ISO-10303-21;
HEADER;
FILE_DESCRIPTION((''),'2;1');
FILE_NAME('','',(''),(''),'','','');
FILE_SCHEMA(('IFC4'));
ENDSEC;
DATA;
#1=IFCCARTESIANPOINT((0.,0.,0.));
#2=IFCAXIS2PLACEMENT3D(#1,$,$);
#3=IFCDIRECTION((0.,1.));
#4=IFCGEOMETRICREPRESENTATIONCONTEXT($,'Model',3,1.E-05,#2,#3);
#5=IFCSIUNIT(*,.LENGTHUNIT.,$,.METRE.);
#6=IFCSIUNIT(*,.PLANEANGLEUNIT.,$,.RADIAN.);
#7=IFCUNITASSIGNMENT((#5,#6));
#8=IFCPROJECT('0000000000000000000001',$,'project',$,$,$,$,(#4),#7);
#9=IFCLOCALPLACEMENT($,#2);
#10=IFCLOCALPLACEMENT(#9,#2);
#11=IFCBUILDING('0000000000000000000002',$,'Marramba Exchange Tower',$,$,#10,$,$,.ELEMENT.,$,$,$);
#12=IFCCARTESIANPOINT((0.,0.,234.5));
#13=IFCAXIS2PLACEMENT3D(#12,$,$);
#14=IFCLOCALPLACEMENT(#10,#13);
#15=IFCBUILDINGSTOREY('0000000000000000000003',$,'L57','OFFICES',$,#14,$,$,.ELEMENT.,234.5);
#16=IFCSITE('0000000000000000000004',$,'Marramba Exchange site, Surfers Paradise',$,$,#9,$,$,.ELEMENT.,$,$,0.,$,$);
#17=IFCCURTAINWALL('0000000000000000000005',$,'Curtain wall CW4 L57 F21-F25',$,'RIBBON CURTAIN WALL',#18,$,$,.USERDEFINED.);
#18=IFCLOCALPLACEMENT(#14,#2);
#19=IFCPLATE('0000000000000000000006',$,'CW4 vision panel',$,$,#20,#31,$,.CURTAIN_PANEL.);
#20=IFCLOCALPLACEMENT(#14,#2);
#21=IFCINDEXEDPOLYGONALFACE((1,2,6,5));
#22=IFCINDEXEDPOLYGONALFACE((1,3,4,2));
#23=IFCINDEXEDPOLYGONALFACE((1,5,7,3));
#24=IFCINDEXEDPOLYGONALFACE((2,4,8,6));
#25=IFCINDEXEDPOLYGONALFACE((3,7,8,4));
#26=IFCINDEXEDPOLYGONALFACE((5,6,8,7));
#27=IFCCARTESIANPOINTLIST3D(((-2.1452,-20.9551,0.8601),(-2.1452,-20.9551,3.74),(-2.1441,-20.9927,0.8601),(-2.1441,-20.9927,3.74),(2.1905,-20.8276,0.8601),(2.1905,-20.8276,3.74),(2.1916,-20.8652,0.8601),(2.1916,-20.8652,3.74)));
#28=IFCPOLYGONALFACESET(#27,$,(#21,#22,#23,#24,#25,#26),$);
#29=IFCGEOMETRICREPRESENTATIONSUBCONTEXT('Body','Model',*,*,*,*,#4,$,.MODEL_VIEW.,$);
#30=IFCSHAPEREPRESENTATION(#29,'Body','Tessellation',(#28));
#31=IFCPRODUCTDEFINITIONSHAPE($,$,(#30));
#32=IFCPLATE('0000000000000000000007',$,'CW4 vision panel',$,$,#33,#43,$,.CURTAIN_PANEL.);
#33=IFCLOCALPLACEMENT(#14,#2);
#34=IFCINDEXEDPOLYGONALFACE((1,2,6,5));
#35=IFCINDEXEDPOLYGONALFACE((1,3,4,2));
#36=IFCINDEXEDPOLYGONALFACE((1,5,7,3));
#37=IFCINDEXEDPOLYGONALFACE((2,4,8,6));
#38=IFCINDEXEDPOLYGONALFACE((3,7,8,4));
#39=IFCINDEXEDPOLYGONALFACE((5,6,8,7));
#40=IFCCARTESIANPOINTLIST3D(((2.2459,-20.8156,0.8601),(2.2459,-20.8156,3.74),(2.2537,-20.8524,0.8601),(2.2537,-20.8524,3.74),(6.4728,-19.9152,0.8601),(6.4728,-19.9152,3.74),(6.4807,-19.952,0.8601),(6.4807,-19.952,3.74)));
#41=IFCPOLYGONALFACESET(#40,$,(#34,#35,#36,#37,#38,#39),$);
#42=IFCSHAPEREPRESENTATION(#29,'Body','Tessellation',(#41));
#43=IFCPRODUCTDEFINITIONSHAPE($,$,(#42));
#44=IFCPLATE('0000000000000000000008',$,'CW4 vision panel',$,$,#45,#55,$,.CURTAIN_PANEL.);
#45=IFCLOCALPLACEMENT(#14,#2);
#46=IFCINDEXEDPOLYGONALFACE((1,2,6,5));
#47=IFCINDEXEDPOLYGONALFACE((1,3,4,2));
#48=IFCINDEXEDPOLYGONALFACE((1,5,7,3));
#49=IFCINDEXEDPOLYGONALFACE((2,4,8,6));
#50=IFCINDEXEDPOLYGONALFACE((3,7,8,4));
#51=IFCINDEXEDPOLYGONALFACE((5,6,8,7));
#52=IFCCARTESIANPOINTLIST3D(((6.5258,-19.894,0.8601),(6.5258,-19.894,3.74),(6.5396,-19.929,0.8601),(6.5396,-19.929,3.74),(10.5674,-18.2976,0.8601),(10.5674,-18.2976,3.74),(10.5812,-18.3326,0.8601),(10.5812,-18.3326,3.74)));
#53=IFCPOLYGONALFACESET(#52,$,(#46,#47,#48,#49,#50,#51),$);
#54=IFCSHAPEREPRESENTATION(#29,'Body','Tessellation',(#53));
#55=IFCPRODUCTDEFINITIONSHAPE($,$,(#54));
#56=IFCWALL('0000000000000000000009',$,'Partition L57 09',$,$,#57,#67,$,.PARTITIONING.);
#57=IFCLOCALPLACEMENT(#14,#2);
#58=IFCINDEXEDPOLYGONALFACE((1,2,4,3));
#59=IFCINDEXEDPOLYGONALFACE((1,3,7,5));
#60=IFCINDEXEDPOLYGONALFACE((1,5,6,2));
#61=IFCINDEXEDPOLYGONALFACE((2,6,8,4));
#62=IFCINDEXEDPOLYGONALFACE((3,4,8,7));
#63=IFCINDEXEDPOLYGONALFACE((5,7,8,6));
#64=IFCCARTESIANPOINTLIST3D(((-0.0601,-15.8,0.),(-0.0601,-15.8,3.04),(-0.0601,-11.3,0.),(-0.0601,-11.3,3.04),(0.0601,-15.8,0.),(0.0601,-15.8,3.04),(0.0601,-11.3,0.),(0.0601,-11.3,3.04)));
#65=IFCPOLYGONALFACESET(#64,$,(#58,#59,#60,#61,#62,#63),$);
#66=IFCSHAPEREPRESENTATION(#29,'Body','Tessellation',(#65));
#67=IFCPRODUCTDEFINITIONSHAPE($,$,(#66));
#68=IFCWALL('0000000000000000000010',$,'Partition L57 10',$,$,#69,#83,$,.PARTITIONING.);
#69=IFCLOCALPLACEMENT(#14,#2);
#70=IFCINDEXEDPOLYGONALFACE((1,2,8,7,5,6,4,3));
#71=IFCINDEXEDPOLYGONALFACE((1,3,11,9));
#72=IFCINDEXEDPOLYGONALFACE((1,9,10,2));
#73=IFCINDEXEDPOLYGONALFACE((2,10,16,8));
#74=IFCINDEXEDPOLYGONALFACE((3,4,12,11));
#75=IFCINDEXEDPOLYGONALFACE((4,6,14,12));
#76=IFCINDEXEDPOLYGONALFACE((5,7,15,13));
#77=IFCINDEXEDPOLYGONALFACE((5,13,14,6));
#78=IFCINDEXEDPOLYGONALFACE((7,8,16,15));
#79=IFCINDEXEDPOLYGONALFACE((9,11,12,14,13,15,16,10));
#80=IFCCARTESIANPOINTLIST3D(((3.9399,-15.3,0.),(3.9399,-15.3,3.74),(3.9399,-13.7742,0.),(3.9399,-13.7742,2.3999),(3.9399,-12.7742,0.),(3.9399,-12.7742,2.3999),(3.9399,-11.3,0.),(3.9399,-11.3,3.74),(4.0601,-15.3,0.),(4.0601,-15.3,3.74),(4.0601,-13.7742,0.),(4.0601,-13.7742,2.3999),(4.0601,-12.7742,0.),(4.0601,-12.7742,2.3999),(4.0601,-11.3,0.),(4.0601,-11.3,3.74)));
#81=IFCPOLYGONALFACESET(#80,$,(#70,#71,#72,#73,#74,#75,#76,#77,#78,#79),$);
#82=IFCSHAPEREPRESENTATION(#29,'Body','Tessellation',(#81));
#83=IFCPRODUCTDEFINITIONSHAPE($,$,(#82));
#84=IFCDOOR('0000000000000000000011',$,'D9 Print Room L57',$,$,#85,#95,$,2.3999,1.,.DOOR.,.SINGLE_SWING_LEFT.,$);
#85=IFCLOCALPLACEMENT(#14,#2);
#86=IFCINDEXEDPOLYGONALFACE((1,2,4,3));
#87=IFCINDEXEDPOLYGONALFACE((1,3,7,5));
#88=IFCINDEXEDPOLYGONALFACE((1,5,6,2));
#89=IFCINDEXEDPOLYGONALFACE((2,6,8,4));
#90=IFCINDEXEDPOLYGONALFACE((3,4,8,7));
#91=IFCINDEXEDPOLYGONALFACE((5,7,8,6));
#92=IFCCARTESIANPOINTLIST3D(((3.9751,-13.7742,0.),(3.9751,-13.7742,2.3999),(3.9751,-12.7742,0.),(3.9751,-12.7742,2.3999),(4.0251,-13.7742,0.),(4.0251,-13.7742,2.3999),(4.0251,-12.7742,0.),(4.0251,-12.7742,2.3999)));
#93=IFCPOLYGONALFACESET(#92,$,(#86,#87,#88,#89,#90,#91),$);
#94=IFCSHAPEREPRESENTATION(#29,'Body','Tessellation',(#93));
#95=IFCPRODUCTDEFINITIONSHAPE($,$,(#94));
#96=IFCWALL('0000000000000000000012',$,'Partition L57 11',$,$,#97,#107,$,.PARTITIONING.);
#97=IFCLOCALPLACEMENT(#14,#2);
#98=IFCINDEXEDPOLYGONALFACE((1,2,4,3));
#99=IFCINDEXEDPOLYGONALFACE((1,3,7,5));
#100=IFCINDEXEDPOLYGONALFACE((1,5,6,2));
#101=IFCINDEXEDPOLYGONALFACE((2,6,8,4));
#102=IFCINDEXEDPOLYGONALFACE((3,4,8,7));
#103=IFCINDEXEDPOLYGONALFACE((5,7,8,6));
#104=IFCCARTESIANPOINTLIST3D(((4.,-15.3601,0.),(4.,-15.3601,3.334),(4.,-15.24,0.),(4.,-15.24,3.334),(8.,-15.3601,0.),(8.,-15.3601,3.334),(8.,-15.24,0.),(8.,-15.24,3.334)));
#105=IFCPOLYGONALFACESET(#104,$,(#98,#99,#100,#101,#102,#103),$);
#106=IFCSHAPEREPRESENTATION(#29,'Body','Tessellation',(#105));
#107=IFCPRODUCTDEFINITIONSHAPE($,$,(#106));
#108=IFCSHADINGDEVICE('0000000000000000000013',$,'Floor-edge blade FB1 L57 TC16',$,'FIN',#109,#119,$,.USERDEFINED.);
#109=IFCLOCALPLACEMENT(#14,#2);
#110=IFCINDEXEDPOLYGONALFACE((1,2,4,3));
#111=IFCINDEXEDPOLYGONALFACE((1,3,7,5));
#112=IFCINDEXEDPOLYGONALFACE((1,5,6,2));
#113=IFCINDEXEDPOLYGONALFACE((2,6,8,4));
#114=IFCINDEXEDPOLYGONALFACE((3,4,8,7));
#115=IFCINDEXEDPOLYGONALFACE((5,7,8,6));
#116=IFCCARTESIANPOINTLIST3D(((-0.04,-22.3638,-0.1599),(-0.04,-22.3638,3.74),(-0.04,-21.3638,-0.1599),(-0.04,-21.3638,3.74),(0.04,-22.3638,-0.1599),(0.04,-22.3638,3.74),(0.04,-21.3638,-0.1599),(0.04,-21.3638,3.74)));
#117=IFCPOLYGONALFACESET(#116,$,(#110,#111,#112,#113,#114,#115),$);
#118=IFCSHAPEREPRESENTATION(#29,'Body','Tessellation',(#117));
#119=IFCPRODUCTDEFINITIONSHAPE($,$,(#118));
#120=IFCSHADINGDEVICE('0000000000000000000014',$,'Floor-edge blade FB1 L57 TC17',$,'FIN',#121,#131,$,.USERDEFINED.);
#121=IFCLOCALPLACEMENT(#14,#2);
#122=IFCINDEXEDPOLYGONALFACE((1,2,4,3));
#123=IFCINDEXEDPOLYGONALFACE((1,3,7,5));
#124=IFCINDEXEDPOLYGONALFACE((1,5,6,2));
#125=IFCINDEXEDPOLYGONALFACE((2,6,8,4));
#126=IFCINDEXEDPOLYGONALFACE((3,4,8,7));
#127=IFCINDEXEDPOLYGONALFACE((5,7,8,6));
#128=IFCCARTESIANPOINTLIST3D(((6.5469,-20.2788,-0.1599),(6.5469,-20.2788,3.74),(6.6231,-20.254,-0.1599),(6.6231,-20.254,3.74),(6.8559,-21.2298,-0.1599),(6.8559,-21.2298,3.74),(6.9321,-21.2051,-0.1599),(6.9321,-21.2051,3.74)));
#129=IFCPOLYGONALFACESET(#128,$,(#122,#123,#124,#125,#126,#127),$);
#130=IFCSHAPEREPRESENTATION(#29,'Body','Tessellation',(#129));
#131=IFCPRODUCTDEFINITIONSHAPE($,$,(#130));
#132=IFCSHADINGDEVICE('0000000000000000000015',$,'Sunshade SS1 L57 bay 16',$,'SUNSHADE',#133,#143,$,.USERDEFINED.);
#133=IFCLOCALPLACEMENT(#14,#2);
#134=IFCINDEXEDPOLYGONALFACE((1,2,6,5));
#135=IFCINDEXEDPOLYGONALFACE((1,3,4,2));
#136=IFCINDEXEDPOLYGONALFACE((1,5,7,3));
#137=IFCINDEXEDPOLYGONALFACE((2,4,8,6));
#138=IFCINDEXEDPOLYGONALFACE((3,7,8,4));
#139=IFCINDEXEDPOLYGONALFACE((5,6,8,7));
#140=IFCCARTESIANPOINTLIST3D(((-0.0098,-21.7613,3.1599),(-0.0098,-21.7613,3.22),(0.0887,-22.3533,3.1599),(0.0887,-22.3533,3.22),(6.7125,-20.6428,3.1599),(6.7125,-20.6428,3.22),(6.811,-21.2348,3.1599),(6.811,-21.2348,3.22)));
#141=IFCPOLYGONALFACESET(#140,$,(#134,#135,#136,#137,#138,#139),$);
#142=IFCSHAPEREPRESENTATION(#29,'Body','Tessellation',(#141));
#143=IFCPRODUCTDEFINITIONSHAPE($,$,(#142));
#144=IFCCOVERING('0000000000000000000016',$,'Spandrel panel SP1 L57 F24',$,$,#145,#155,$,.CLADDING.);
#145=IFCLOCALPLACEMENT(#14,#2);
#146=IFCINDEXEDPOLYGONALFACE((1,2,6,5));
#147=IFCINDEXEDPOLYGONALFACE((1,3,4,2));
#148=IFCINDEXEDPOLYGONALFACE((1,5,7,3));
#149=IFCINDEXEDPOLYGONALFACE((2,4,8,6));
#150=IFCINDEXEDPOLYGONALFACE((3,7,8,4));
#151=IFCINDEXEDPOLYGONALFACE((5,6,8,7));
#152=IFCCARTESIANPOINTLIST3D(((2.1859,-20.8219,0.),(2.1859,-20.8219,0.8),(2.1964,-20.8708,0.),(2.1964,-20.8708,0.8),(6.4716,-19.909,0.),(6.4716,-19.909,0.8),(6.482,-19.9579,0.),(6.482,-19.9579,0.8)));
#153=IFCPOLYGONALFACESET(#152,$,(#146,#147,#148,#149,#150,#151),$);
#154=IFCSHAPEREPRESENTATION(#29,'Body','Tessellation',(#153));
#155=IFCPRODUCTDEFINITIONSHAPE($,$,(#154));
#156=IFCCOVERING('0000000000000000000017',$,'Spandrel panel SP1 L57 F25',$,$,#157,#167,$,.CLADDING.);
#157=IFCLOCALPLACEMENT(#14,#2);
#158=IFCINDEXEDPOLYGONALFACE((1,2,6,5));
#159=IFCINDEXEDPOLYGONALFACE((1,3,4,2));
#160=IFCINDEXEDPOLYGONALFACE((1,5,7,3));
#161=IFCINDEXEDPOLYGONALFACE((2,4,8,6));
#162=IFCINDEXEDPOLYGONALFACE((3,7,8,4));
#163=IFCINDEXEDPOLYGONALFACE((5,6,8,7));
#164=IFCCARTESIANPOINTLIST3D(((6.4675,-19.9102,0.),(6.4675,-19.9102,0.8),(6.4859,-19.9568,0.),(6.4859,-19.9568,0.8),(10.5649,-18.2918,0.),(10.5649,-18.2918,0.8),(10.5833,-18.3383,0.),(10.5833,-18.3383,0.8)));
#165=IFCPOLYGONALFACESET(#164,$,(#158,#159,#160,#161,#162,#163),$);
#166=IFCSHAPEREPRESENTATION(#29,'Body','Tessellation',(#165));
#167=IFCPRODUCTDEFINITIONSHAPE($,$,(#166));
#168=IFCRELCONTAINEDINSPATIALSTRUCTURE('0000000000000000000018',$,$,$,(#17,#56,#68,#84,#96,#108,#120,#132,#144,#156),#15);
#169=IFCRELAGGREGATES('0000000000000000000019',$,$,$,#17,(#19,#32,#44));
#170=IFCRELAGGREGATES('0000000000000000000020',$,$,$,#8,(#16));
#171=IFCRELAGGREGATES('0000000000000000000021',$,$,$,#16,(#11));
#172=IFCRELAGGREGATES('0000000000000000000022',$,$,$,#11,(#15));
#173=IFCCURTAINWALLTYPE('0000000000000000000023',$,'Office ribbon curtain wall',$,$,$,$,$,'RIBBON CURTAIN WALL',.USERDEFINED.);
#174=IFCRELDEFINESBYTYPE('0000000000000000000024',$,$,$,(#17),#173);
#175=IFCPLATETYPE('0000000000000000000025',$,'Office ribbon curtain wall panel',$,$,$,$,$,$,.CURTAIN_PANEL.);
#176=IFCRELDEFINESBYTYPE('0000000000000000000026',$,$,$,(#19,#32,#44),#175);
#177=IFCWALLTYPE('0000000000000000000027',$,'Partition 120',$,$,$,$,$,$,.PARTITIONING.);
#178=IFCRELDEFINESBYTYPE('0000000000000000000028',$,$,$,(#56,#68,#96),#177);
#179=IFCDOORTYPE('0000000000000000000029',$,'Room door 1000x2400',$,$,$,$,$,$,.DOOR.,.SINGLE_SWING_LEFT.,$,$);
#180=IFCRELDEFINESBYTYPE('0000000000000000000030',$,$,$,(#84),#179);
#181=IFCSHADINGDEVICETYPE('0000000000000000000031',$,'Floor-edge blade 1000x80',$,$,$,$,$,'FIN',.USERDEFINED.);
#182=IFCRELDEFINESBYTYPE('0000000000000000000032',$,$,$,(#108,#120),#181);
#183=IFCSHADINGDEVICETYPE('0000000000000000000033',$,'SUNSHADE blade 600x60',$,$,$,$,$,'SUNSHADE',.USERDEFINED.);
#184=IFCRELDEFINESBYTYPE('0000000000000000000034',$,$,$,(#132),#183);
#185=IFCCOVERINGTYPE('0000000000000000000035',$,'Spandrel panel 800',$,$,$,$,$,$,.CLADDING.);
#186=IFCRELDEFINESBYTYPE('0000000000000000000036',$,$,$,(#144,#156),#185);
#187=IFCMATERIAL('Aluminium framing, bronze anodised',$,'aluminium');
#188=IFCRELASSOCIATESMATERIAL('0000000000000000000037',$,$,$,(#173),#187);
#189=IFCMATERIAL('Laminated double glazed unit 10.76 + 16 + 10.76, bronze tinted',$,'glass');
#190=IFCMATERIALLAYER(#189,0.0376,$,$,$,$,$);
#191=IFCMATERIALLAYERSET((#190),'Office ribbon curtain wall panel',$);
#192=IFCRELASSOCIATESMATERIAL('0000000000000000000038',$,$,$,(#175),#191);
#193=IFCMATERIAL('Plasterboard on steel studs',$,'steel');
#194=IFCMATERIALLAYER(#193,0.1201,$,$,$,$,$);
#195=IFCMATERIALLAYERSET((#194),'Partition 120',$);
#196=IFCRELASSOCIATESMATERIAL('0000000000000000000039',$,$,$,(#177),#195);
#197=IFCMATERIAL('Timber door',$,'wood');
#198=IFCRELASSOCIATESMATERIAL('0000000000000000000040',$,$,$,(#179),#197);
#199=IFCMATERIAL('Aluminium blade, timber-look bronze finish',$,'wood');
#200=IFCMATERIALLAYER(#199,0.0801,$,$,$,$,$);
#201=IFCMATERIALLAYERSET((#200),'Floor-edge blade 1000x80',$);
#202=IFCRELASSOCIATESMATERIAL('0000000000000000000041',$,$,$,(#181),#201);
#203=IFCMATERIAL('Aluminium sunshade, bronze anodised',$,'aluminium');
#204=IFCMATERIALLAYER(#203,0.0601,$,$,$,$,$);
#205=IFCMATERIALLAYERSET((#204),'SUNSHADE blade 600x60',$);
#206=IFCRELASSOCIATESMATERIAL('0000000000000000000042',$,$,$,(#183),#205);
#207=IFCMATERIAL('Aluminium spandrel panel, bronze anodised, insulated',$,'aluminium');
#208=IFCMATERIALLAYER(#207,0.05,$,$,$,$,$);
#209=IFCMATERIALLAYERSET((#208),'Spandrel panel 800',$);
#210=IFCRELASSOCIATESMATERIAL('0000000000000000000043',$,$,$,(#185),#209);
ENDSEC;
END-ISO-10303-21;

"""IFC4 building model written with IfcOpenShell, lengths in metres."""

from ifc_helpers import new_model, si_unit, direction, frame, frame_2d, origin, origin_2d, place, context, subcontext, project, spatial, rectangle, extrude, material, layer, layer_set, type_object, element, fill, aggregate, save


model = new_model("IFC4")

# Units and contexts
model_context = context("Model", 3, precision=1e-05, world=origin(), true_north=direction((0.0, 1.0)))
body_context = subcontext(model_context, "Body", "Model", "MODEL_VIEW")
ifc_project = project(units=[si_unit("LENGTHUNIT", "METRE"), si_unit("PLANEANGLEUNIT", "RADIAN")], contexts=[model_context])

# Site, building, storey
site_placement = place(None, origin())
site = spatial("IfcSite", under=ifc_project, at=site_placement, Name="Marramba Exchange site, Surfers Paradise", CompositionType="ELEMENT", RefElevation=0.0)
building_placement = place(site_placement, origin())
building = spatial("IfcBuilding", under=site, at=building_placement, Name="Marramba Exchange Tower", CompositionType="ELEMENT")
storey_placement = place(building_placement, frame((0.0, 0.0, 234.5)))
storey = spatial("IfcBuildingStorey", under=building, at=storey_placement, Name="L57", Description="OFFICES", CompositionType="ELEMENT", Elevation=234.5)

# Curtain wall
ifc_material_1 = material(Name="Aluminium framing, bronze anodised", Category="aluminium")
curtain_wall_type = type_object("IfcCurtainWallType", Name="Office ribbon curtain wall", ElementType="RIBBON CURTAIN WALL", PredefinedType="USERDEFINED", material=ifc_material_1)
curtain_wall_placement = place(storey_placement, origin())
curtain_wall = element("IfcCurtainWall", 1, at=curtain_wall_placement, inside=storey, type_object=curtain_wall_type, Name="Curtain wall CW4 L57 F21-F25", ObjectType="RIBBON CURTAIN WALL", PredefinedType="USERDEFINED")

# Plates
ifc_material_2 = material(Name="Laminated double glazed unit 10.76 + 16 + 10.76, bronze tinted", Category="glass")
ifc_layer_1 = layer(ifc_material_2, 0.0376)
ifc_layer_set_1 = layer_set([ifc_layer_1], Name="Office ribbon curtain wall panel")
plate_type = type_object("IfcPlateType", Name="Office ribbon curtain wall panel", PredefinedType="CURTAIN_PANEL", material=ifc_layer_set_1)
plate_1_placement = place(storey_placement, frame((0.0232, -20.9102, 0.8601), z_axis=(0.0, 0.0, 1.0), x_axis=(0.999568, 0.029393, 0.0)))
plate_1 = element("IfcPlate", 2, at=plate_1_placement, type_object=plate_type, Name="CW4 vision panel", PredefinedType="CURTAIN_PANEL", context=body_context, shape_type="SweptSolid", body=[
    extrude(rectangle(XDim=4.3376, YDim=0.0376, at=origin_2d()), origin(), (0.0, 0.0, 1.0), 2.8799),
])
plate_2_placement = place(storey_placement, frame((4.3633, -20.3838, 0.8601), z_axis=(0.0, 0.0, 1.0), x_axis=(0.978058, 0.208332, 0.0)))
plate_2 = element("IfcPlate", 3, at=plate_2_placement, type_object=plate_type, Name="CW4 vision panel", PredefinedType="CURTAIN_PANEL", context=body_context, shape_type="SweptSolid", body=[
    extrude(rectangle(XDim=4.3218, YDim=0.0376, at=origin_2d()), origin(), (0.0, 0.0, 1.0), 2.8799),
])
plate_3_placement = place(storey_placement, frame((8.5535, -19.1133, 0.8601), z_axis=(0.0, 0.0, 1.0), x_axis=(0.930073, 0.367375, 0.0)))
plate_3 = element("IfcPlate", 4, at=plate_3_placement, type_object=plate_type, Name="CW4 vision panel", PredefinedType="CURTAIN_PANEL", context=body_context, shape_type="SweptSolid", body=[
    extrude(rectangle(XDim=4.3455, YDim=0.0376, at=origin_2d()), origin(), (0.0, 0.0, 1.0), 2.8799),
])
aggregate(curtain_wall, [plate_1, plate_2, plate_3])

# Wall
ifc_material_3 = material(Name="Plasterboard on steel studs", Category="steel")
ifc_layer_2 = layer(ifc_material_3, 0.1201)
ifc_layer_set_2 = layer_set([ifc_layer_2], Name="Partition 120")
wall_type = type_object("IfcWallType", Name="Partition 120", PredefinedType="PARTITIONING", material=ifc_layer_set_2)
wall_1_placement = place(storey_placement, frame((0.0, -15.8, 0.0), z_axis=(0.0, 0.0, 1.0), x_axis=(0.0, 1.0, 0.0)))
element("IfcWall", 5, at=wall_1_placement, inside=storey, type_object=wall_type, Name="Partition L57 09", PredefinedType="PARTITIONING", context=body_context, shape_type="SweptSolid", body=[
    extrude(rectangle(XDim=4.5, YDim=0.1201, at=frame_2d((2.25, 0.0))), origin(), (0.0, 0.0, 1.0), 3.04),
])

# Wall, opening, door
wall_2_placement = place(storey_placement, frame((4.0, -15.3, 0.0), z_axis=(0.0, 0.0, 1.0), x_axis=(0.0, 1.0, 0.0)))
wall_2 = element("IfcWall", 6, at=wall_2_placement, inside=storey, type_object=wall_type, Name="Partition L57 10", PredefinedType="PARTITIONING", context=body_context, shape_type="SweptSolid", body=[
    extrude(rectangle(XDim=4.0, YDim=0.1201, at=frame_2d((2.0, 0.0))), origin(), (0.0, 0.0, 1.0), 3.74),
])
opening_placement = place(wall_2_placement, frame((1.5259, 0.0, 0.0)))
opening = element("IfcOpeningElement", 7, at=opening_placement, cuts=wall_2, PredefinedType="OPENING", context=body_context, shape_type="SweptSolid", body=[
    extrude(rectangle(XDim=1.0, YDim=2.3999, at=frame_2d((0.5, 1.2))), frame((0.0, 0.0701, 0.0), z_axis=(0.0, -1.0, 0.0), x_axis=(1.0, 0.0, 0.0)), (0.0, 0.0, 1.0), 0.1401),
])
ifc_material_4 = material(Name="Timber door", Category="wood")
door_type = type_object("IfcDoorType", Name="Room door 1000x2400", OperationType="SINGLE_SWING_LEFT", PredefinedType="DOOR", material=ifc_material_4)
door_placement = place(opening_placement, frame((1.0, 0.0, 0.0), z_axis=(0.0, 0.0, 1.0), x_axis=(-1.0, 0.0, 0.0)))
door = element("IfcDoor", 8, at=door_placement, inside=storey, type_object=door_type, Name="D9 Print Room L57", OperationType="SINGLE_SWING_LEFT", OverallHeight=2.3999, OverallWidth=1.0, PredefinedType="DOOR", context=body_context, shape_type="SweptSolid", body=[
    extrude(rectangle(XDim=1.0, YDim=2.3999, at=frame_2d((0.5, 1.2))), frame((0.0, 0.0251, 0.0), z_axis=(0.0, -1.0, 0.0), x_axis=(1.0, 0.0, 0.0)), (0.0, 0.0, 1.0), 0.05),
])
fill(opening, door)

# Wall
wall_3_placement = place(storey_placement, frame((8.0, -15.3, 0.0), z_axis=(0.0, 0.0, 1.0), x_axis=(-1.0, 0.0, 0.0)))
element("IfcWall", 9, at=wall_3_placement, inside=storey, type_object=wall_type, Name="Partition L57 11", PredefinedType="PARTITIONING", context=body_context, shape_type="SweptSolid", body=[
    extrude(rectangle(XDim=4.0, YDim=0.1201, at=frame_2d((2.0, 0.0))), origin(), (0.0, 0.0, 1.0), 3.334),
])

# Shading devices
ifc_material_5 = material(Name="Aluminium blade, timber-look bronze finish", Category="wood")
ifc_layer_3 = layer(ifc_material_5, 0.0801)
ifc_layer_set_3 = layer_set([ifc_layer_3], Name="Floor-edge blade 1000x80")
shading_device_type_1 = type_object("IfcShadingDeviceType", Name="Floor-edge blade 1000x80", ElementType="FIN", PredefinedType="USERDEFINED", material=ifc_layer_set_3)
for number, where, z_axis, x_axis, name in (
    (10, (0.0, -21.8638, -0.1599), (0.0, 0.0, 1.0), (0.0, -1.0, 0.0), "Floor-edge blade FB1 L57 TC16"),
    (11, (6.7395, -20.7419, -0.1599), (0.0, 0.0, 1.0), (0.309017, -0.951057, 0.0), "Floor-edge blade FB1 L57 TC17"),
):
    element("IfcShadingDevice", number, at=place(storey_placement, frame(where, z_axis=z_axis, x_axis=x_axis)), inside=storey, type_object=shading_device_type_1, Name=name, ObjectType="FIN", PredefinedType="USERDEFINED", context=body_context, shape_type="SweptSolid", body=[
        extrude(rectangle(XDim=1.0, YDim=0.0801, at=origin_2d()), origin(), (0.0, 0.0, 1.0), 3.8999),
    ])
ifc_material_6 = material(Name="Aluminium sunshade, bronze anodised", Category="aluminium")
ifc_layer_4 = layer(ifc_material_6, 0.0601)
ifc_layer_set_4 = layer_set([ifc_layer_4], Name="SUNSHADE blade 600x60")
shading_device_type_2 = type_object("IfcShadingDeviceType", Name="SUNSHADE blade 600x60", ElementType="SUNSHADE", PredefinedType="USERDEFINED", material=ifc_layer_set_4)
shading_device_placement = place(storey_placement, frame((3.4006, -21.498, 3.1599), z_axis=(0.0, 0.0, 1.0), x_axis=(0.98644, 0.164125, 0.0)))
element("IfcShadingDevice", 12, at=shading_device_placement, inside=storey, type_object=shading_device_type_2, Name="Sunshade SS1 L57 bay 16", ObjectType="SUNSHADE", PredefinedType="USERDEFINED", context=body_context, shape_type="SweptSolid", body=[
    extrude(rectangle(XDim=6.8147, YDim=0.6001, at=origin_2d()), origin(), (0.0, 0.0, 1.0), 0.0601),
])

# Coverings
ifc_material_7 = material(Name="Aluminium spandrel panel, bronze anodised, insulated", Category="aluminium")
ifc_layer_5 = layer(ifc_material_7, 0.05)
ifc_layer_set_5 = layer_set([ifc_layer_5], Name="Spandrel panel 800")
covering_type = type_object("IfcCoveringType", Name="Spandrel panel 800", PredefinedType="CLADDING", material=ifc_layer_set_5)
covering_1_placement = place(storey_placement, frame((4.334, -20.3899, 0.0), z_axis=(0.0, 0.0, 1.0), x_axis=(0.978058, 0.208332, 0.0)))
element("IfcCovering", 13, at=covering_1_placement, inside=storey, type_object=covering_type, Name="Spandrel panel SP1 L57 F24", PredefinedType="CLADDING", context=body_context, shape_type="SweptSolid", body=[
    extrude(rectangle(XDim=4.3818, YDim=0.05, at=origin_2d()), origin(), (0.0, 0.0, 1.0), 0.8),
])
covering_2_placement = place(storey_placement, frame((8.5254, -19.1243, 0.0), z_axis=(0.0, 0.0, 1.0), x_axis=(0.930073, 0.367375, 0.0)))
element("IfcCovering", 14, at=covering_2_placement, inside=storey, type_object=covering_type, Name="Spandrel panel SP1 L57 F25", PredefinedType="CLADDING", context=body_context, shape_type="SweptSolid", body=[
    extrude(rectangle(XDim=4.4055, YDim=0.05, at=origin_2d()), origin(), (0.0, 0.0, 1.0), 0.8),
])

save(model, "model.ifc")
